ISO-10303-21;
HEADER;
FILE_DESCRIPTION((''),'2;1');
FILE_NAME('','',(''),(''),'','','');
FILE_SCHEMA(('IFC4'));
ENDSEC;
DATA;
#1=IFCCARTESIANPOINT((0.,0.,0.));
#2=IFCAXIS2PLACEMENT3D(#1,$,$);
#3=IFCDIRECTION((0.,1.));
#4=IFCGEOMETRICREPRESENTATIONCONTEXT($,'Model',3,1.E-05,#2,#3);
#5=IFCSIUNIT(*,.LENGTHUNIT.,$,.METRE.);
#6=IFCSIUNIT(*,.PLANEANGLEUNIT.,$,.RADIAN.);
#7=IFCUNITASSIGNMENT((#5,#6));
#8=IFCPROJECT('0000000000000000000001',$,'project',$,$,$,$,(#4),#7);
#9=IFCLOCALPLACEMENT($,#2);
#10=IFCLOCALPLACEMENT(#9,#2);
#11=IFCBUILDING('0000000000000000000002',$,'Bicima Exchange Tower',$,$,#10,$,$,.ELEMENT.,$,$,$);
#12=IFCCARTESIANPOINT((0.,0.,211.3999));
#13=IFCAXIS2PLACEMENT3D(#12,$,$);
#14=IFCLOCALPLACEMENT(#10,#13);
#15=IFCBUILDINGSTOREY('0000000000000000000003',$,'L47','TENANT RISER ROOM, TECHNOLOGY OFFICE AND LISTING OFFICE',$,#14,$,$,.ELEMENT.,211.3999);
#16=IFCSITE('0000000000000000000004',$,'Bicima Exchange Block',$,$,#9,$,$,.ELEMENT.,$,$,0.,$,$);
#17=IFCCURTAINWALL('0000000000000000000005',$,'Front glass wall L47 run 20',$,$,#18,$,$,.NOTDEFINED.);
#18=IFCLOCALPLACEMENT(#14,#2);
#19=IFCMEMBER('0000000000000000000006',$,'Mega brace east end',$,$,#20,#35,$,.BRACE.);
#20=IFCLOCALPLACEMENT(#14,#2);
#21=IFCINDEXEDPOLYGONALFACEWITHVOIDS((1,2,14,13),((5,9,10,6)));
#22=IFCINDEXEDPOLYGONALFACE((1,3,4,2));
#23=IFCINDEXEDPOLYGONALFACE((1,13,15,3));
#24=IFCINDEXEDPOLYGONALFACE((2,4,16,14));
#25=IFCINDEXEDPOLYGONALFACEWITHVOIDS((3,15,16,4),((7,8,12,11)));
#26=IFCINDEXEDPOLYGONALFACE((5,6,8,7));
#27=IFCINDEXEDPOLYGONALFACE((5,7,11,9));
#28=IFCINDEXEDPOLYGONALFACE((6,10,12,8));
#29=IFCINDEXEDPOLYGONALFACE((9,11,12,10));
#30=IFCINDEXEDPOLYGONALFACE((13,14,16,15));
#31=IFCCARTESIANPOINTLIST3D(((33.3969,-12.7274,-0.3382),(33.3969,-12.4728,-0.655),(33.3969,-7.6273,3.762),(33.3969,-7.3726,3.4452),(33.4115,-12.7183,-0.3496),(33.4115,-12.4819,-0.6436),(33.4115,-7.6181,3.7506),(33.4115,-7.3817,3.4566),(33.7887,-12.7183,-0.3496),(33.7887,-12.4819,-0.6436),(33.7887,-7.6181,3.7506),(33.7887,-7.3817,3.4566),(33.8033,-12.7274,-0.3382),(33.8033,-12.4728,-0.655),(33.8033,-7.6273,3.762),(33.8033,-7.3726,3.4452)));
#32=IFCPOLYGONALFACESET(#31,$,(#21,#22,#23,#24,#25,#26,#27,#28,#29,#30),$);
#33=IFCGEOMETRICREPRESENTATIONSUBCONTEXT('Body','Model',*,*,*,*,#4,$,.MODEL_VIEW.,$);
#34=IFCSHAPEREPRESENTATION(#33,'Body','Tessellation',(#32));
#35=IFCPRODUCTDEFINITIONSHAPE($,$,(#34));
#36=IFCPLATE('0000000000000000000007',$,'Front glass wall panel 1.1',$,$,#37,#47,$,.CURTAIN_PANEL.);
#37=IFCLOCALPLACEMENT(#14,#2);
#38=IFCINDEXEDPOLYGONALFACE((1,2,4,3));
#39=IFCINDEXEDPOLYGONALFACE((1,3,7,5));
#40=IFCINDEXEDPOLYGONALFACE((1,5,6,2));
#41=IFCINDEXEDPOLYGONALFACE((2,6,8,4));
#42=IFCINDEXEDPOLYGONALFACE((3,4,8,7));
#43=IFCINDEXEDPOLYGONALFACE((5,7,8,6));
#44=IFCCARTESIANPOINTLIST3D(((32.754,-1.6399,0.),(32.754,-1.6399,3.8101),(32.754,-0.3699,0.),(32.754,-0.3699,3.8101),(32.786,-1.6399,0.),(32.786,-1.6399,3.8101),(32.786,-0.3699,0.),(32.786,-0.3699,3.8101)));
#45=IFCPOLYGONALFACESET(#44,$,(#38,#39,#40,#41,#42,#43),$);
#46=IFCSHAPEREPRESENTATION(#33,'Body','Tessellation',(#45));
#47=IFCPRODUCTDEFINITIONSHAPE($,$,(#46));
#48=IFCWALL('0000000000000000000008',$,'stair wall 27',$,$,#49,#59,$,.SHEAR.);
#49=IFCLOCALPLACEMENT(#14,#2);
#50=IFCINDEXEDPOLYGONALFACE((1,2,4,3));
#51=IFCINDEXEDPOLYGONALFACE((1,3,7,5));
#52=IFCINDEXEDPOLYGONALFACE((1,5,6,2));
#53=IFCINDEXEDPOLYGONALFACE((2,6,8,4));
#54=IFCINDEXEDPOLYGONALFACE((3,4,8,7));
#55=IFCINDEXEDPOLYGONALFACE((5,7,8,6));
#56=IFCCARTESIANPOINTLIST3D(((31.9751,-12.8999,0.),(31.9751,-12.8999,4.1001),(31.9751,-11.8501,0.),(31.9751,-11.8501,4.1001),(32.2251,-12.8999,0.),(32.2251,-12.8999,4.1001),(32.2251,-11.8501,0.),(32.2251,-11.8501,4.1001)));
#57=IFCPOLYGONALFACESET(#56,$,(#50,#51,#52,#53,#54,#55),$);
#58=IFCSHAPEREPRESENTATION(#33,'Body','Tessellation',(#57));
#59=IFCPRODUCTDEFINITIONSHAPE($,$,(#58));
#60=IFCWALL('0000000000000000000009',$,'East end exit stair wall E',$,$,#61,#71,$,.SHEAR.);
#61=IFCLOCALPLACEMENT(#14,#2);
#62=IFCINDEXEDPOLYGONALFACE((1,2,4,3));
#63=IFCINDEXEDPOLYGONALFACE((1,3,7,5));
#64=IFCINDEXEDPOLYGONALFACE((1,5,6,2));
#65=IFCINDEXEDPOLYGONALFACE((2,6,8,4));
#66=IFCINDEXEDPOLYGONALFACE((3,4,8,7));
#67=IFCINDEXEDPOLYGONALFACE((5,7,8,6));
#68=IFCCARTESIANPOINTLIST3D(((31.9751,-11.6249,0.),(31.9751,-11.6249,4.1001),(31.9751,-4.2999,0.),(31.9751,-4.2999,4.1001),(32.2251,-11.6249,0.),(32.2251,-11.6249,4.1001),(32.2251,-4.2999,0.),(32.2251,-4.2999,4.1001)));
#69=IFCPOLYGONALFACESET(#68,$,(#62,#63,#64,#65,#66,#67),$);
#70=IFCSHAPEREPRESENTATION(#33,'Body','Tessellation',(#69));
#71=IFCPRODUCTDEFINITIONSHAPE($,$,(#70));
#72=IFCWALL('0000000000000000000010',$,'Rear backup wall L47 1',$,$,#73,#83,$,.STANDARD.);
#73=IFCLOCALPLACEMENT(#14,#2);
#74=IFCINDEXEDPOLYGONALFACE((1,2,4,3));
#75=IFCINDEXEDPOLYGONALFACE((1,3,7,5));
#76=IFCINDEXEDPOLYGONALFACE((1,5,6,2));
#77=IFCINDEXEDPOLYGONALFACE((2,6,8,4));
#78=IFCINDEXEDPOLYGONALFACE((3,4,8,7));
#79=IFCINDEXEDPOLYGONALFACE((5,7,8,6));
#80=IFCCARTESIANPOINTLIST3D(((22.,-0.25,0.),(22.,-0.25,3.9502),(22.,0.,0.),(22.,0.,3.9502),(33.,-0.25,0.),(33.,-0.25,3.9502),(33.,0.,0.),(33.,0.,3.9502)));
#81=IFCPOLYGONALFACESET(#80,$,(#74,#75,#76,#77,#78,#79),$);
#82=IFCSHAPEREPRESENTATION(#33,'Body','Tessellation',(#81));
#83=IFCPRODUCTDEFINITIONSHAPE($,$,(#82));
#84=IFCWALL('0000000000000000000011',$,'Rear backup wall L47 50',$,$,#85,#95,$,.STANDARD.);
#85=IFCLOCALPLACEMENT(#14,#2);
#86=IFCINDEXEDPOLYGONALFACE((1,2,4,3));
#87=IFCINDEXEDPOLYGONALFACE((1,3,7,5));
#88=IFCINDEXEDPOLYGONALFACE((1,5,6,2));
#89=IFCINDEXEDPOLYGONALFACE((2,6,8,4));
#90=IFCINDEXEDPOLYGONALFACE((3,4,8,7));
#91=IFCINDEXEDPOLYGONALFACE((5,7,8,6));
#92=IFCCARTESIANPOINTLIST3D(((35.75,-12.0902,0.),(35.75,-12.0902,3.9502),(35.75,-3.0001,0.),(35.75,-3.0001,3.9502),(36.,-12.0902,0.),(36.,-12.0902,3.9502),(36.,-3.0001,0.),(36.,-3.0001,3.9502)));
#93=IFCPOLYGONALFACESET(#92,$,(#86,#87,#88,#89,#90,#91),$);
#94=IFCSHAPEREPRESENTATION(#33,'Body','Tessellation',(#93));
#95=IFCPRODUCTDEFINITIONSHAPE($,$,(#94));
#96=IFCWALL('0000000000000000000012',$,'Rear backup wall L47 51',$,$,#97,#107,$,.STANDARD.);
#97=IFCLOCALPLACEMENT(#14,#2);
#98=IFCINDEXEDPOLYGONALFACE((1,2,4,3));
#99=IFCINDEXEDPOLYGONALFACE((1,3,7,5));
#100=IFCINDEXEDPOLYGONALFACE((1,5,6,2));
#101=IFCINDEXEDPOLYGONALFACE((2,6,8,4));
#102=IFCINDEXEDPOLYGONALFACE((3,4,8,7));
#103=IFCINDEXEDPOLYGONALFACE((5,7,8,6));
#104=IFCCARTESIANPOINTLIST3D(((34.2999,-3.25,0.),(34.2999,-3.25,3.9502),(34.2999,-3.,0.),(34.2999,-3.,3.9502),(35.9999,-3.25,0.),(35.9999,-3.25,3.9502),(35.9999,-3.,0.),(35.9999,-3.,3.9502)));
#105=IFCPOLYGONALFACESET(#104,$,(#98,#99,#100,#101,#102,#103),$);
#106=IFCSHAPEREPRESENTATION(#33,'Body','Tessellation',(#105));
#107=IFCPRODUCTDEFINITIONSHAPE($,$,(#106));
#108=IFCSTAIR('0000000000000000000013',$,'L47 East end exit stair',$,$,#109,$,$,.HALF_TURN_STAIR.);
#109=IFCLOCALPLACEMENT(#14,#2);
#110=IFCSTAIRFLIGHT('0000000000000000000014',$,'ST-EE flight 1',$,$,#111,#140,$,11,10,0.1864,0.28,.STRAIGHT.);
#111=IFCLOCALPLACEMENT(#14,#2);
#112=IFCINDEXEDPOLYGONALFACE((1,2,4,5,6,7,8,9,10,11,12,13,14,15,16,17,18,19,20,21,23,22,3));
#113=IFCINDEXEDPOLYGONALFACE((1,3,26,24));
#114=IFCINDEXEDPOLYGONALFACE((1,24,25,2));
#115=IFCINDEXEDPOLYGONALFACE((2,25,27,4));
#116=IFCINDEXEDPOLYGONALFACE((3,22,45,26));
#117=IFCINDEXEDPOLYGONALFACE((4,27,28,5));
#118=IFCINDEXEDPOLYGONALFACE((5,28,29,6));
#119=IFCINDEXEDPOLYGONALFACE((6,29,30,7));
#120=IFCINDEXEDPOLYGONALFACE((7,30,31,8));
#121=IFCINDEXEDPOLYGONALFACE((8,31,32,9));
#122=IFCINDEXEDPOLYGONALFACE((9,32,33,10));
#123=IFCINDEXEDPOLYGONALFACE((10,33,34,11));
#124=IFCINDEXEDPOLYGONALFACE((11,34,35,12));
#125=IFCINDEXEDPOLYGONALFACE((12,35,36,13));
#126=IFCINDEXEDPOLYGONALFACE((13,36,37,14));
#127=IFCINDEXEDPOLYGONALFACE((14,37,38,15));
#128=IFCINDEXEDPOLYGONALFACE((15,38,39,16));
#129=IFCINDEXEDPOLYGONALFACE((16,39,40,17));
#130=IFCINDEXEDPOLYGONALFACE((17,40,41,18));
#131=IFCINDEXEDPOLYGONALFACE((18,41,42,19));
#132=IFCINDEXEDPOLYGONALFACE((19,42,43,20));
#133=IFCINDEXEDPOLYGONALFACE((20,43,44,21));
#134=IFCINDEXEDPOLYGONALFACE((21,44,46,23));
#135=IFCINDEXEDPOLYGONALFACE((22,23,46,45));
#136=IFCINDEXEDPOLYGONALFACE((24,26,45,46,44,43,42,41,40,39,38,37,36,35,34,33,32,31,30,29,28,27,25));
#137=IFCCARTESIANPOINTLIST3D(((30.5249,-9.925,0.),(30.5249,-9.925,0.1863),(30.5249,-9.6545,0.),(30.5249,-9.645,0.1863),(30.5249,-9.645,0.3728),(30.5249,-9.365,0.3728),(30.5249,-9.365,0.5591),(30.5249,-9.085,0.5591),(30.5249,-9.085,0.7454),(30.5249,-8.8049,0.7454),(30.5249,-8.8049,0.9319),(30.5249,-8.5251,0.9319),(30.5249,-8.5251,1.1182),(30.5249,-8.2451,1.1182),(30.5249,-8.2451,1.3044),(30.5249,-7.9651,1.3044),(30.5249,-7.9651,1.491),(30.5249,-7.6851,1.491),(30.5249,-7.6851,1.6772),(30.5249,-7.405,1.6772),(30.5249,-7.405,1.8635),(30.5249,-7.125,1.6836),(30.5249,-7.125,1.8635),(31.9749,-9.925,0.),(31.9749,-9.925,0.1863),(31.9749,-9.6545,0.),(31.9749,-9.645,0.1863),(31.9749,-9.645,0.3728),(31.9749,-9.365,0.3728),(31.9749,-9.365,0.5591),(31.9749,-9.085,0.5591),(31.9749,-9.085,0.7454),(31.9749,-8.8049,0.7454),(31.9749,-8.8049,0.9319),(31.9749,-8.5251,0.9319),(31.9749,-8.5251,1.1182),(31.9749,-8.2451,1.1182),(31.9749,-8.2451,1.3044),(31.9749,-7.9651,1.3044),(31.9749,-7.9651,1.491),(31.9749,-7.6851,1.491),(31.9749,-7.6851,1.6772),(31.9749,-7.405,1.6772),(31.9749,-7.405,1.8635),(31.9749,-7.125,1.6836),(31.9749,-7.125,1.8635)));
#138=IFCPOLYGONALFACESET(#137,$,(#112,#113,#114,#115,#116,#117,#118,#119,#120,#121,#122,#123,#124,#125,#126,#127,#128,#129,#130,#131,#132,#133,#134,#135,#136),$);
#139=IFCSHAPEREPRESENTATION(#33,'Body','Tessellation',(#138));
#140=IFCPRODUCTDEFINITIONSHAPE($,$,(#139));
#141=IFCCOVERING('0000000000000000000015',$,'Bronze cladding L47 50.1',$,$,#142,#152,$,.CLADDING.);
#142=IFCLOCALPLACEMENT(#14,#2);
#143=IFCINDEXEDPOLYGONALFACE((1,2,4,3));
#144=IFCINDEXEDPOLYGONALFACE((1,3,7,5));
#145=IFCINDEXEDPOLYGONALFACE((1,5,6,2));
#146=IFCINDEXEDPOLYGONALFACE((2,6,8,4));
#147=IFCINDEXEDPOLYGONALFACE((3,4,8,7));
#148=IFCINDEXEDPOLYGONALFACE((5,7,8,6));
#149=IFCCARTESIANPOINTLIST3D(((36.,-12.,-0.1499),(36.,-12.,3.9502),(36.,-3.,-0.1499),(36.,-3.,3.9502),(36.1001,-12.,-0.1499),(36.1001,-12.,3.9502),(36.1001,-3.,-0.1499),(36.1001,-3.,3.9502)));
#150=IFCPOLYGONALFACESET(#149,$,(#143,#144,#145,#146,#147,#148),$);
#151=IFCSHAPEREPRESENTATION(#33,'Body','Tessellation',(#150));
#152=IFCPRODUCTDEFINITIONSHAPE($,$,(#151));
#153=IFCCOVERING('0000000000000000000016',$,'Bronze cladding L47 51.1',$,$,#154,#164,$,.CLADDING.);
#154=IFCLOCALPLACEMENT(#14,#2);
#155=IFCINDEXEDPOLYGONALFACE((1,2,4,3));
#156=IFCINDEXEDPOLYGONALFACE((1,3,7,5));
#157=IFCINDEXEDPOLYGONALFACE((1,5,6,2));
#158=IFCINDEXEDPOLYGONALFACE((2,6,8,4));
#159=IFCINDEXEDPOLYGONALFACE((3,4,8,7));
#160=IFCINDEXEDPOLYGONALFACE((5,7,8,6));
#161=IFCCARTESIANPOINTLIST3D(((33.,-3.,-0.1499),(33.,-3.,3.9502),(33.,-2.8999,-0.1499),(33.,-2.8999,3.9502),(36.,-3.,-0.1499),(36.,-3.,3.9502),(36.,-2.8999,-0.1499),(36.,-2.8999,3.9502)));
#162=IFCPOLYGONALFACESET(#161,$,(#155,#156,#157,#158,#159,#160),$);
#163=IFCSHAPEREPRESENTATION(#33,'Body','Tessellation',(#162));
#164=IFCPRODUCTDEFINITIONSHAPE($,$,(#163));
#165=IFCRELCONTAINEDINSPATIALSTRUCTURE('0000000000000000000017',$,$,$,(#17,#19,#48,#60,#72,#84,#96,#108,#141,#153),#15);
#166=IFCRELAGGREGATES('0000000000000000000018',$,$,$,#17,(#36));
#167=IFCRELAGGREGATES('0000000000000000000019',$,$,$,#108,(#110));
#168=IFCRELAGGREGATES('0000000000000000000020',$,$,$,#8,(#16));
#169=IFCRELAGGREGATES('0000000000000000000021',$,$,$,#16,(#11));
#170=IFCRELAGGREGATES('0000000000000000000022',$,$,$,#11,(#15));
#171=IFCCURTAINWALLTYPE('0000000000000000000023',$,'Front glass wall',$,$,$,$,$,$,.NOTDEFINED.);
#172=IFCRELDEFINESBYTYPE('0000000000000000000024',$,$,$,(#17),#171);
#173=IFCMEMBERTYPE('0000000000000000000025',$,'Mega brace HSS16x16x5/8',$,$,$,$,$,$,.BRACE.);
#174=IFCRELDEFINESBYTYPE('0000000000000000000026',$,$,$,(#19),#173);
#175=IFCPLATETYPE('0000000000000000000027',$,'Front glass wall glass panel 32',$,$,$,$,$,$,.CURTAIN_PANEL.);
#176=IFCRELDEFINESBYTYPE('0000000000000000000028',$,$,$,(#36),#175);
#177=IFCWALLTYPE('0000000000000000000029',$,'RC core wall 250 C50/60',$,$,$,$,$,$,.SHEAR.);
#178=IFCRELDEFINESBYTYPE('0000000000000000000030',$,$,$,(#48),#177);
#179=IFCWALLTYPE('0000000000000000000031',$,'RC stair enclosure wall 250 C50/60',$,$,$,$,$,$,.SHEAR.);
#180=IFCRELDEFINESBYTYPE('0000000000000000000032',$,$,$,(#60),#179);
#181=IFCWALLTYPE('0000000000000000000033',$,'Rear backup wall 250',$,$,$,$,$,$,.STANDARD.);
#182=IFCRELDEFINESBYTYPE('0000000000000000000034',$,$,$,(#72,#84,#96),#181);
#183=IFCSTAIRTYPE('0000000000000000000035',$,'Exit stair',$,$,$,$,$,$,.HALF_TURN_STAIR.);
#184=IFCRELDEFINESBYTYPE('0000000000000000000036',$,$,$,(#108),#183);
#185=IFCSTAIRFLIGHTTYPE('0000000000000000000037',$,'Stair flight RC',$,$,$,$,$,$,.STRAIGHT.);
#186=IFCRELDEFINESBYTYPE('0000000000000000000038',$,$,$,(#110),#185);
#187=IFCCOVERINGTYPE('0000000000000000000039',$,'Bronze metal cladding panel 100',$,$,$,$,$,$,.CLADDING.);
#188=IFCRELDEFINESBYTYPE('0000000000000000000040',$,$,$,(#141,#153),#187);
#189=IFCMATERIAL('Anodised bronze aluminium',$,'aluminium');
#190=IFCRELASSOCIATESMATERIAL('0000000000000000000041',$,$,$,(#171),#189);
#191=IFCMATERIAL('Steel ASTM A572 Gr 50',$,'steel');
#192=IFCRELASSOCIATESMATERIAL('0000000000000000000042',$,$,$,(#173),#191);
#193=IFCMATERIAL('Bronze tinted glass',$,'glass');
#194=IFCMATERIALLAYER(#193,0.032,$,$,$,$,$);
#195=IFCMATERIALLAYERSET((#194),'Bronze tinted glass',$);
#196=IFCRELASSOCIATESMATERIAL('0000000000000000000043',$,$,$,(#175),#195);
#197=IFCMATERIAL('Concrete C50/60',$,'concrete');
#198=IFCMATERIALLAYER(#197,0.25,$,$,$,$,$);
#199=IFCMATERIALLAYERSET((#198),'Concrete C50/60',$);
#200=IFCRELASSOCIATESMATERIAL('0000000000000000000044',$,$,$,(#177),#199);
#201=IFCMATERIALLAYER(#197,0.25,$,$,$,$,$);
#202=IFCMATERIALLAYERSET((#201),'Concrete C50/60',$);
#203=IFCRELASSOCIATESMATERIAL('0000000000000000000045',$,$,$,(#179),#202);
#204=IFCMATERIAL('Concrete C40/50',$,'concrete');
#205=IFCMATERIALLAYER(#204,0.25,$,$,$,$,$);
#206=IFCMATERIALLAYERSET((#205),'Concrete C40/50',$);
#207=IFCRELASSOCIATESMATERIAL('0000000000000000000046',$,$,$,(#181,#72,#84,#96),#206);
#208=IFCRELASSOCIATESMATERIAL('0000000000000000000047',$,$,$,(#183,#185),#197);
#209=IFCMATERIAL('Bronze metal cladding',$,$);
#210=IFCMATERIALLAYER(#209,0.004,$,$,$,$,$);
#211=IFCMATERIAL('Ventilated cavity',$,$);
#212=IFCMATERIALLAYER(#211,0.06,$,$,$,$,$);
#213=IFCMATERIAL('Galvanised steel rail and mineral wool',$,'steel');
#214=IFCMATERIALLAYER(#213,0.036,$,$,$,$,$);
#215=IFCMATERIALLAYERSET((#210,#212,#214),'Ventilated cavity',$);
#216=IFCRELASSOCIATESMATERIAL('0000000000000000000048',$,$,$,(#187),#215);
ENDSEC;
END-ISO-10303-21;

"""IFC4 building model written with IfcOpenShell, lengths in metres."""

from ifc_helpers import new_model, si_unit, direction, frame, frame_2d, origin, origin_2d, place, context, subcontext, project, spatial, polyline, rectangle, hollow_rectangle, outline, extrude, material, layer, layer_set, layer_usage, material_profile, profile_set, type_object, element, aggregate, save


model = new_model("IFC4")

# Units and contexts
model_context = context("Model", 3, precision=1e-05, world=origin(), true_north=direction((0.0, 1.0)))
body_context = subcontext(model_context, "Body", "Model", "MODEL_VIEW")
ifc_project = project(units=[si_unit("LENGTHUNIT", "METRE"), si_unit("PLANEANGLEUNIT", "RADIAN")], contexts=[model_context])

# Site, building, storey
site_placement = place(None, origin())
site = spatial("IfcSite", under=ifc_project, at=site_placement, Name="Bicima Exchange Block", CompositionType="ELEMENT", RefElevation=0.0)
building_placement = place(site_placement, origin())
building = spatial("IfcBuilding", under=site, at=building_placement, Name="Bicima Exchange Tower", CompositionType="ELEMENT")
storey_placement = place(building_placement, frame((0.0, 0.0, 211.3999)))
storey = spatial("IfcBuildingStorey", under=building, at=storey_placement, Name="L47", Description="TENANT RISER ROOM, TECHNOLOGY OFFICE AND LISTING OFFICE", CompositionType="ELEMENT", Elevation=211.3999)

# Shared definitions
ifc_material_1 = material(Name="Steel ASTM A572 Gr 50", Category="steel")

# Shared definitions
ifc_material_2 = material(Name="Anodised bronze aluminium", Category="aluminium")

# Curtain wall
curtain_wall_type_1 = type_object("IfcCurtainWallType", Name="Front glass wall", PredefinedType="NOTDEFINED", material=ifc_material_2)
curtain_wall_1_placement = place(storey_placement, origin())
curtain_wall_1 = element("IfcCurtainWall", 1, at=curtain_wall_1_placement, inside=storey, type_object=curtain_wall_type_1, Name="Front glass wall L47 run 20", PredefinedType="NOTDEFINED")

# Member
ifc_material_profile_1 = material_profile(ifc_material_1, hollow_rectangle(XDim=0.4065, YDim=0.4065, WallThickness=0.0146, at=origin_2d()))
ifc_profile_set_1 = profile_set([ifc_material_profile_1], Name="Steel ASTM A572 Gr 50")
member_type_1 = type_object("IfcMemberType", Name="Mega brace HSS16x16x5/8", PredefinedType="BRACE", material=ifc_profile_set_1)
for number, where, z_axis, x_axis, name in (
    (2, (33.6001, -12.6001, -0.4966), (0.0, 0.779374, 0.626559), (-1.0, 0.0, 0.0), "Mega brace east end"),
):
    element("IfcMember", number, at=place(storey_placement, frame(where, z_axis=z_axis, x_axis=x_axis)), inside=storey, type_object=member_type_1, Name=name, PredefinedType="BRACE", context=body_context, shape_type="SweptSolid", body=[
        extrude(hollow_rectangle(XDim=0.4065, YDim=0.4065, WallThickness=0.0146, at=origin_2d()), origin(), (0.0, 0.0, 1.0), 6.5439),
    ])

# Plate
ifc_material_3 = material(Name="Bronze tinted glass", Category="glass")
ifc_layer_1 = layer(ifc_material_3, 0.032)
ifc_layer_set_1 = layer_set([ifc_layer_1], Name="Bronze tinted glass")
plate_type = type_object("IfcPlateType", Name="Front glass wall glass panel 32", PredefinedType="CURTAIN_PANEL", material=ifc_layer_set_1)
plate_placement = place(storey_placement, frame((32.77, -1.0049, 0.0), z_axis=(0.0, 0.0, 1.0), x_axis=(0.0, 1.0, 0.0)))
plate = element("IfcPlate", 3, at=plate_placement, type_object=plate_type, Name="Front glass wall panel 1.1", PredefinedType="CURTAIN_PANEL", context=body_context, shape_type="SweptSolid", body=[
    extrude(rectangle(XDim=1.27, YDim=0.032, at=origin_2d()), origin(), (0.0, 0.0, 1.0), 3.8101),
])
aggregate(curtain_wall_1, [plate])

# Walls
ifc_material_4 = material(Name="Concrete C50/60", Category="concrete")
ifc_layer_2 = layer(ifc_material_4, 0.25)
ifc_layer_set_2 = layer_set([ifc_layer_2], Name="Concrete C50/60")
wall_type_1 = type_object("IfcWallType", Name="RC core wall 250 C50/60", PredefinedType="SHEAR", material=ifc_layer_set_2)
wall_1_placement = place(storey_placement, frame((32.1001, -12.8999, 0.0), z_axis=(0.0, 0.0, 1.0), x_axis=(0.0, 1.0, 0.0)))
element("IfcWall", 4, at=wall_1_placement, inside=storey, type_object=wall_type_1, Name="stair wall 27", PredefinedType="SHEAR", context=body_context, shape_type="SweptSolid", body=[
    extrude(rectangle(XDim=1.0498, YDim=0.25, at=frame_2d((0.5249, 0.0))), origin(), (0.0, 0.0, 1.0), 4.1001),
])
ifc_layer_3 = layer(ifc_material_4, 0.25)
ifc_layer_set_3 = layer_set([ifc_layer_3], Name="Concrete C50/60")
wall_type_2 = type_object("IfcWallType", Name="RC stair enclosure wall 250 C50/60", PredefinedType="SHEAR", material=ifc_layer_set_3)
wall_2_placement = place(storey_placement, frame((32.1001, -11.625, 0.0), z_axis=(0.0, 0.0, 1.0), x_axis=(0.0, 1.0, 0.0)))
element("IfcWall", 5, at=wall_2_placement, inside=storey, type_object=wall_type_2, Name="East end exit stair wall E", PredefinedType="SHEAR", context=body_context, shape_type="SweptSolid", body=[
    extrude(rectangle(XDim=7.325, YDim=0.25, at=frame_2d((3.6626, 0.0))), origin(), (0.0, 0.0, 1.0), 4.1001),
])
ifc_material_5 = material(Name="Concrete C40/50", Category="concrete")
ifc_layer_4 = layer(ifc_material_5, 0.25)
ifc_layer_set_4 = layer_set([ifc_layer_4], Name="Concrete C40/50")
ifc_layer_usage = layer_usage(ifc_layer_set_4, "AXIS2", "POSITIVE", -0.125)
wall_type_3 = type_object("IfcWallType", Name="Rear backup wall 250", PredefinedType="STANDARD", material=ifc_layer_set_4)
wall_3_placement = place(storey_placement, frame((33.0, -0.125, 0.0), z_axis=(0.0, 0.0, 1.0), x_axis=(-1.0, 0.0, 0.0)))
element("IfcWall", 6, at=wall_3_placement, inside=storey, type_object=wall_type_3, material=ifc_layer_usage, Name="Rear backup wall L47 1", PredefinedType="STANDARD", context=body_context, shape_type="SweptSolid", body=[
    extrude(rectangle(XDim=11.0, YDim=0.25, at=frame_2d((5.5, 0.0))), origin(), (0.0, 0.0, 1.0), 3.9502),
])
wall_4_placement = place(storey_placement, frame((35.875, -12.0901, 0.0), z_axis=(0.0, 0.0, 1.0), x_axis=(0.0, 1.0, 0.0)))
element("IfcWall", 7, at=wall_4_placement, inside=storey, type_object=wall_type_3, material=ifc_layer_usage, Name="Rear backup wall L47 50", PredefinedType="STANDARD", context=body_context, shape_type="SweptSolid", body=[
    extrude(rectangle(XDim=9.0901, YDim=0.25, at=frame_2d((4.5449, 0.0))), origin(), (0.0, 0.0, 1.0), 3.9502),
])
wall_5_placement = place(storey_placement, frame((36.0, -3.125, 0.0), z_axis=(0.0, 0.0, 1.0), x_axis=(-1.0, 0.0, 0.0)))
element("IfcWall", 8, at=wall_5_placement, inside=storey, type_object=wall_type_3, material=ifc_layer_usage, Name="Rear backup wall L47 51", PredefinedType="STANDARD", context=body_context, shape_type="SweptSolid", body=[
    extrude(rectangle(XDim=1.7, YDim=0.25, at=frame_2d((0.8501, 0.0))), origin(), (0.0, 0.0, 1.0), 3.9502),
])

# Stair, stair flight
stair_type = type_object("IfcStairType", Name="Exit stair", PredefinedType="HALF_TURN_STAIR", material=ifc_material_4)
stair_placement = place(storey_placement, origin())
stair = element("IfcStair", 9, at=stair_placement, inside=storey, type_object=stair_type, Name="L47 East end exit stair", PredefinedType="HALF_TURN_STAIR")
stair_flight_type = type_object("IfcStairFlightType", Name="Stair flight RC", PredefinedType="STRAIGHT", material=ifc_material_4)
stair_flight_placement = place(storey_placement, frame((31.25, -9.925, 0.0), z_axis=(0.0, 0.0, 1.0), x_axis=(0.0, 1.0, 0.0)))
stair_flight = element("IfcStairFlight", 10, at=stair_flight_placement, type_object=stair_flight_type, Name="ST-EE flight 1", NumberOfRisers=11, NumberOfTreads=10, PredefinedType="STRAIGHT", RiserHeight=0.1864, TreadLength=0.28, context=body_context, shape_type="SweptSolid", body=[
    extrude(outline(polyline([(0.0, 0.0), (0.0, 0.1863), (0.28, 0.1863), (0.28, 0.3728), (0.5601, 0.3728), (0.5601, 0.5591), (0.8401, 0.5591), (0.8401, 0.7454), (1.1201, 0.7454), (1.1201, 0.9319), (1.3999, 0.9319), (1.3999, 1.1182), (1.6799, 1.1182), (1.6799, 1.3044), (1.96, 1.3044), (1.96, 1.491), (2.24, 1.491), (2.24, 1.6772), (2.52, 1.6772), (2.52, 1.8635), (2.8, 1.8635), (2.8, 2.05), (2.8, 1.6836), (0.2705, 0.0), (0.0, 0.0)])), frame((0.0, 0.7251, 0.0), z_axis=(0.0, -1.0, 0.0), x_axis=(1.0, 0.0, 0.0)), (0.0, 0.0, 1.0), 1.45),
])
aggregate(stair, [stair_flight])

# Coverings
ifc_material_6 = material(Name="Bronze metal cladding")
ifc_layer_5 = layer(ifc_material_6, 0.004)
ifc_material_7 = material(Name="Ventilated cavity")
ifc_layer_6 = layer(ifc_material_7, 0.06)
ifc_material_8 = material(Name="Galvanised steel rail and mineral wool", Category="steel")
ifc_layer_7 = layer(ifc_material_8, 0.036)
ifc_layer_set_5 = layer_set([ifc_layer_5, ifc_layer_6, ifc_layer_7], Name="Ventilated cavity")
covering_type = type_object("IfcCoveringType", Name="Bronze metal cladding panel 100", PredefinedType="CLADDING", material=ifc_layer_set_5)
covering_1_placement = place(storey_placement, frame((36.05, -7.5, -0.1499), z_axis=(0.0, 0.0, 1.0), x_axis=(0.0, 1.0, 0.0)))
element("IfcCovering", 11, at=covering_1_placement, inside=storey, type_object=covering_type, Name="Bronze cladding L47 50.1", PredefinedType="CLADDING", context=body_context, shape_type="SweptSolid", body=[
    extrude(rectangle(XDim=9.0, YDim=0.1001, at=origin_2d()), origin(), (0.0, 0.0, 1.0), 4.1001),
])
covering_2_placement = place(storey_placement, frame((34.5, -2.95, -0.1499), z_axis=(0.0, 0.0, 1.0), x_axis=(-1.0, 0.0, 0.0)))
element("IfcCovering", 12, at=covering_2_placement, inside=storey, type_object=covering_type, Name="Bronze cladding L47 51.1", PredefinedType="CLADDING", context=body_context, shape_type="SweptSolid", body=[
    extrude(rectangle(XDim=3.0, YDim=0.1001, at=origin_2d()), origin(), (0.0, 0.0, 1.0), 4.1001),
])

save(model, "model.ifc")
